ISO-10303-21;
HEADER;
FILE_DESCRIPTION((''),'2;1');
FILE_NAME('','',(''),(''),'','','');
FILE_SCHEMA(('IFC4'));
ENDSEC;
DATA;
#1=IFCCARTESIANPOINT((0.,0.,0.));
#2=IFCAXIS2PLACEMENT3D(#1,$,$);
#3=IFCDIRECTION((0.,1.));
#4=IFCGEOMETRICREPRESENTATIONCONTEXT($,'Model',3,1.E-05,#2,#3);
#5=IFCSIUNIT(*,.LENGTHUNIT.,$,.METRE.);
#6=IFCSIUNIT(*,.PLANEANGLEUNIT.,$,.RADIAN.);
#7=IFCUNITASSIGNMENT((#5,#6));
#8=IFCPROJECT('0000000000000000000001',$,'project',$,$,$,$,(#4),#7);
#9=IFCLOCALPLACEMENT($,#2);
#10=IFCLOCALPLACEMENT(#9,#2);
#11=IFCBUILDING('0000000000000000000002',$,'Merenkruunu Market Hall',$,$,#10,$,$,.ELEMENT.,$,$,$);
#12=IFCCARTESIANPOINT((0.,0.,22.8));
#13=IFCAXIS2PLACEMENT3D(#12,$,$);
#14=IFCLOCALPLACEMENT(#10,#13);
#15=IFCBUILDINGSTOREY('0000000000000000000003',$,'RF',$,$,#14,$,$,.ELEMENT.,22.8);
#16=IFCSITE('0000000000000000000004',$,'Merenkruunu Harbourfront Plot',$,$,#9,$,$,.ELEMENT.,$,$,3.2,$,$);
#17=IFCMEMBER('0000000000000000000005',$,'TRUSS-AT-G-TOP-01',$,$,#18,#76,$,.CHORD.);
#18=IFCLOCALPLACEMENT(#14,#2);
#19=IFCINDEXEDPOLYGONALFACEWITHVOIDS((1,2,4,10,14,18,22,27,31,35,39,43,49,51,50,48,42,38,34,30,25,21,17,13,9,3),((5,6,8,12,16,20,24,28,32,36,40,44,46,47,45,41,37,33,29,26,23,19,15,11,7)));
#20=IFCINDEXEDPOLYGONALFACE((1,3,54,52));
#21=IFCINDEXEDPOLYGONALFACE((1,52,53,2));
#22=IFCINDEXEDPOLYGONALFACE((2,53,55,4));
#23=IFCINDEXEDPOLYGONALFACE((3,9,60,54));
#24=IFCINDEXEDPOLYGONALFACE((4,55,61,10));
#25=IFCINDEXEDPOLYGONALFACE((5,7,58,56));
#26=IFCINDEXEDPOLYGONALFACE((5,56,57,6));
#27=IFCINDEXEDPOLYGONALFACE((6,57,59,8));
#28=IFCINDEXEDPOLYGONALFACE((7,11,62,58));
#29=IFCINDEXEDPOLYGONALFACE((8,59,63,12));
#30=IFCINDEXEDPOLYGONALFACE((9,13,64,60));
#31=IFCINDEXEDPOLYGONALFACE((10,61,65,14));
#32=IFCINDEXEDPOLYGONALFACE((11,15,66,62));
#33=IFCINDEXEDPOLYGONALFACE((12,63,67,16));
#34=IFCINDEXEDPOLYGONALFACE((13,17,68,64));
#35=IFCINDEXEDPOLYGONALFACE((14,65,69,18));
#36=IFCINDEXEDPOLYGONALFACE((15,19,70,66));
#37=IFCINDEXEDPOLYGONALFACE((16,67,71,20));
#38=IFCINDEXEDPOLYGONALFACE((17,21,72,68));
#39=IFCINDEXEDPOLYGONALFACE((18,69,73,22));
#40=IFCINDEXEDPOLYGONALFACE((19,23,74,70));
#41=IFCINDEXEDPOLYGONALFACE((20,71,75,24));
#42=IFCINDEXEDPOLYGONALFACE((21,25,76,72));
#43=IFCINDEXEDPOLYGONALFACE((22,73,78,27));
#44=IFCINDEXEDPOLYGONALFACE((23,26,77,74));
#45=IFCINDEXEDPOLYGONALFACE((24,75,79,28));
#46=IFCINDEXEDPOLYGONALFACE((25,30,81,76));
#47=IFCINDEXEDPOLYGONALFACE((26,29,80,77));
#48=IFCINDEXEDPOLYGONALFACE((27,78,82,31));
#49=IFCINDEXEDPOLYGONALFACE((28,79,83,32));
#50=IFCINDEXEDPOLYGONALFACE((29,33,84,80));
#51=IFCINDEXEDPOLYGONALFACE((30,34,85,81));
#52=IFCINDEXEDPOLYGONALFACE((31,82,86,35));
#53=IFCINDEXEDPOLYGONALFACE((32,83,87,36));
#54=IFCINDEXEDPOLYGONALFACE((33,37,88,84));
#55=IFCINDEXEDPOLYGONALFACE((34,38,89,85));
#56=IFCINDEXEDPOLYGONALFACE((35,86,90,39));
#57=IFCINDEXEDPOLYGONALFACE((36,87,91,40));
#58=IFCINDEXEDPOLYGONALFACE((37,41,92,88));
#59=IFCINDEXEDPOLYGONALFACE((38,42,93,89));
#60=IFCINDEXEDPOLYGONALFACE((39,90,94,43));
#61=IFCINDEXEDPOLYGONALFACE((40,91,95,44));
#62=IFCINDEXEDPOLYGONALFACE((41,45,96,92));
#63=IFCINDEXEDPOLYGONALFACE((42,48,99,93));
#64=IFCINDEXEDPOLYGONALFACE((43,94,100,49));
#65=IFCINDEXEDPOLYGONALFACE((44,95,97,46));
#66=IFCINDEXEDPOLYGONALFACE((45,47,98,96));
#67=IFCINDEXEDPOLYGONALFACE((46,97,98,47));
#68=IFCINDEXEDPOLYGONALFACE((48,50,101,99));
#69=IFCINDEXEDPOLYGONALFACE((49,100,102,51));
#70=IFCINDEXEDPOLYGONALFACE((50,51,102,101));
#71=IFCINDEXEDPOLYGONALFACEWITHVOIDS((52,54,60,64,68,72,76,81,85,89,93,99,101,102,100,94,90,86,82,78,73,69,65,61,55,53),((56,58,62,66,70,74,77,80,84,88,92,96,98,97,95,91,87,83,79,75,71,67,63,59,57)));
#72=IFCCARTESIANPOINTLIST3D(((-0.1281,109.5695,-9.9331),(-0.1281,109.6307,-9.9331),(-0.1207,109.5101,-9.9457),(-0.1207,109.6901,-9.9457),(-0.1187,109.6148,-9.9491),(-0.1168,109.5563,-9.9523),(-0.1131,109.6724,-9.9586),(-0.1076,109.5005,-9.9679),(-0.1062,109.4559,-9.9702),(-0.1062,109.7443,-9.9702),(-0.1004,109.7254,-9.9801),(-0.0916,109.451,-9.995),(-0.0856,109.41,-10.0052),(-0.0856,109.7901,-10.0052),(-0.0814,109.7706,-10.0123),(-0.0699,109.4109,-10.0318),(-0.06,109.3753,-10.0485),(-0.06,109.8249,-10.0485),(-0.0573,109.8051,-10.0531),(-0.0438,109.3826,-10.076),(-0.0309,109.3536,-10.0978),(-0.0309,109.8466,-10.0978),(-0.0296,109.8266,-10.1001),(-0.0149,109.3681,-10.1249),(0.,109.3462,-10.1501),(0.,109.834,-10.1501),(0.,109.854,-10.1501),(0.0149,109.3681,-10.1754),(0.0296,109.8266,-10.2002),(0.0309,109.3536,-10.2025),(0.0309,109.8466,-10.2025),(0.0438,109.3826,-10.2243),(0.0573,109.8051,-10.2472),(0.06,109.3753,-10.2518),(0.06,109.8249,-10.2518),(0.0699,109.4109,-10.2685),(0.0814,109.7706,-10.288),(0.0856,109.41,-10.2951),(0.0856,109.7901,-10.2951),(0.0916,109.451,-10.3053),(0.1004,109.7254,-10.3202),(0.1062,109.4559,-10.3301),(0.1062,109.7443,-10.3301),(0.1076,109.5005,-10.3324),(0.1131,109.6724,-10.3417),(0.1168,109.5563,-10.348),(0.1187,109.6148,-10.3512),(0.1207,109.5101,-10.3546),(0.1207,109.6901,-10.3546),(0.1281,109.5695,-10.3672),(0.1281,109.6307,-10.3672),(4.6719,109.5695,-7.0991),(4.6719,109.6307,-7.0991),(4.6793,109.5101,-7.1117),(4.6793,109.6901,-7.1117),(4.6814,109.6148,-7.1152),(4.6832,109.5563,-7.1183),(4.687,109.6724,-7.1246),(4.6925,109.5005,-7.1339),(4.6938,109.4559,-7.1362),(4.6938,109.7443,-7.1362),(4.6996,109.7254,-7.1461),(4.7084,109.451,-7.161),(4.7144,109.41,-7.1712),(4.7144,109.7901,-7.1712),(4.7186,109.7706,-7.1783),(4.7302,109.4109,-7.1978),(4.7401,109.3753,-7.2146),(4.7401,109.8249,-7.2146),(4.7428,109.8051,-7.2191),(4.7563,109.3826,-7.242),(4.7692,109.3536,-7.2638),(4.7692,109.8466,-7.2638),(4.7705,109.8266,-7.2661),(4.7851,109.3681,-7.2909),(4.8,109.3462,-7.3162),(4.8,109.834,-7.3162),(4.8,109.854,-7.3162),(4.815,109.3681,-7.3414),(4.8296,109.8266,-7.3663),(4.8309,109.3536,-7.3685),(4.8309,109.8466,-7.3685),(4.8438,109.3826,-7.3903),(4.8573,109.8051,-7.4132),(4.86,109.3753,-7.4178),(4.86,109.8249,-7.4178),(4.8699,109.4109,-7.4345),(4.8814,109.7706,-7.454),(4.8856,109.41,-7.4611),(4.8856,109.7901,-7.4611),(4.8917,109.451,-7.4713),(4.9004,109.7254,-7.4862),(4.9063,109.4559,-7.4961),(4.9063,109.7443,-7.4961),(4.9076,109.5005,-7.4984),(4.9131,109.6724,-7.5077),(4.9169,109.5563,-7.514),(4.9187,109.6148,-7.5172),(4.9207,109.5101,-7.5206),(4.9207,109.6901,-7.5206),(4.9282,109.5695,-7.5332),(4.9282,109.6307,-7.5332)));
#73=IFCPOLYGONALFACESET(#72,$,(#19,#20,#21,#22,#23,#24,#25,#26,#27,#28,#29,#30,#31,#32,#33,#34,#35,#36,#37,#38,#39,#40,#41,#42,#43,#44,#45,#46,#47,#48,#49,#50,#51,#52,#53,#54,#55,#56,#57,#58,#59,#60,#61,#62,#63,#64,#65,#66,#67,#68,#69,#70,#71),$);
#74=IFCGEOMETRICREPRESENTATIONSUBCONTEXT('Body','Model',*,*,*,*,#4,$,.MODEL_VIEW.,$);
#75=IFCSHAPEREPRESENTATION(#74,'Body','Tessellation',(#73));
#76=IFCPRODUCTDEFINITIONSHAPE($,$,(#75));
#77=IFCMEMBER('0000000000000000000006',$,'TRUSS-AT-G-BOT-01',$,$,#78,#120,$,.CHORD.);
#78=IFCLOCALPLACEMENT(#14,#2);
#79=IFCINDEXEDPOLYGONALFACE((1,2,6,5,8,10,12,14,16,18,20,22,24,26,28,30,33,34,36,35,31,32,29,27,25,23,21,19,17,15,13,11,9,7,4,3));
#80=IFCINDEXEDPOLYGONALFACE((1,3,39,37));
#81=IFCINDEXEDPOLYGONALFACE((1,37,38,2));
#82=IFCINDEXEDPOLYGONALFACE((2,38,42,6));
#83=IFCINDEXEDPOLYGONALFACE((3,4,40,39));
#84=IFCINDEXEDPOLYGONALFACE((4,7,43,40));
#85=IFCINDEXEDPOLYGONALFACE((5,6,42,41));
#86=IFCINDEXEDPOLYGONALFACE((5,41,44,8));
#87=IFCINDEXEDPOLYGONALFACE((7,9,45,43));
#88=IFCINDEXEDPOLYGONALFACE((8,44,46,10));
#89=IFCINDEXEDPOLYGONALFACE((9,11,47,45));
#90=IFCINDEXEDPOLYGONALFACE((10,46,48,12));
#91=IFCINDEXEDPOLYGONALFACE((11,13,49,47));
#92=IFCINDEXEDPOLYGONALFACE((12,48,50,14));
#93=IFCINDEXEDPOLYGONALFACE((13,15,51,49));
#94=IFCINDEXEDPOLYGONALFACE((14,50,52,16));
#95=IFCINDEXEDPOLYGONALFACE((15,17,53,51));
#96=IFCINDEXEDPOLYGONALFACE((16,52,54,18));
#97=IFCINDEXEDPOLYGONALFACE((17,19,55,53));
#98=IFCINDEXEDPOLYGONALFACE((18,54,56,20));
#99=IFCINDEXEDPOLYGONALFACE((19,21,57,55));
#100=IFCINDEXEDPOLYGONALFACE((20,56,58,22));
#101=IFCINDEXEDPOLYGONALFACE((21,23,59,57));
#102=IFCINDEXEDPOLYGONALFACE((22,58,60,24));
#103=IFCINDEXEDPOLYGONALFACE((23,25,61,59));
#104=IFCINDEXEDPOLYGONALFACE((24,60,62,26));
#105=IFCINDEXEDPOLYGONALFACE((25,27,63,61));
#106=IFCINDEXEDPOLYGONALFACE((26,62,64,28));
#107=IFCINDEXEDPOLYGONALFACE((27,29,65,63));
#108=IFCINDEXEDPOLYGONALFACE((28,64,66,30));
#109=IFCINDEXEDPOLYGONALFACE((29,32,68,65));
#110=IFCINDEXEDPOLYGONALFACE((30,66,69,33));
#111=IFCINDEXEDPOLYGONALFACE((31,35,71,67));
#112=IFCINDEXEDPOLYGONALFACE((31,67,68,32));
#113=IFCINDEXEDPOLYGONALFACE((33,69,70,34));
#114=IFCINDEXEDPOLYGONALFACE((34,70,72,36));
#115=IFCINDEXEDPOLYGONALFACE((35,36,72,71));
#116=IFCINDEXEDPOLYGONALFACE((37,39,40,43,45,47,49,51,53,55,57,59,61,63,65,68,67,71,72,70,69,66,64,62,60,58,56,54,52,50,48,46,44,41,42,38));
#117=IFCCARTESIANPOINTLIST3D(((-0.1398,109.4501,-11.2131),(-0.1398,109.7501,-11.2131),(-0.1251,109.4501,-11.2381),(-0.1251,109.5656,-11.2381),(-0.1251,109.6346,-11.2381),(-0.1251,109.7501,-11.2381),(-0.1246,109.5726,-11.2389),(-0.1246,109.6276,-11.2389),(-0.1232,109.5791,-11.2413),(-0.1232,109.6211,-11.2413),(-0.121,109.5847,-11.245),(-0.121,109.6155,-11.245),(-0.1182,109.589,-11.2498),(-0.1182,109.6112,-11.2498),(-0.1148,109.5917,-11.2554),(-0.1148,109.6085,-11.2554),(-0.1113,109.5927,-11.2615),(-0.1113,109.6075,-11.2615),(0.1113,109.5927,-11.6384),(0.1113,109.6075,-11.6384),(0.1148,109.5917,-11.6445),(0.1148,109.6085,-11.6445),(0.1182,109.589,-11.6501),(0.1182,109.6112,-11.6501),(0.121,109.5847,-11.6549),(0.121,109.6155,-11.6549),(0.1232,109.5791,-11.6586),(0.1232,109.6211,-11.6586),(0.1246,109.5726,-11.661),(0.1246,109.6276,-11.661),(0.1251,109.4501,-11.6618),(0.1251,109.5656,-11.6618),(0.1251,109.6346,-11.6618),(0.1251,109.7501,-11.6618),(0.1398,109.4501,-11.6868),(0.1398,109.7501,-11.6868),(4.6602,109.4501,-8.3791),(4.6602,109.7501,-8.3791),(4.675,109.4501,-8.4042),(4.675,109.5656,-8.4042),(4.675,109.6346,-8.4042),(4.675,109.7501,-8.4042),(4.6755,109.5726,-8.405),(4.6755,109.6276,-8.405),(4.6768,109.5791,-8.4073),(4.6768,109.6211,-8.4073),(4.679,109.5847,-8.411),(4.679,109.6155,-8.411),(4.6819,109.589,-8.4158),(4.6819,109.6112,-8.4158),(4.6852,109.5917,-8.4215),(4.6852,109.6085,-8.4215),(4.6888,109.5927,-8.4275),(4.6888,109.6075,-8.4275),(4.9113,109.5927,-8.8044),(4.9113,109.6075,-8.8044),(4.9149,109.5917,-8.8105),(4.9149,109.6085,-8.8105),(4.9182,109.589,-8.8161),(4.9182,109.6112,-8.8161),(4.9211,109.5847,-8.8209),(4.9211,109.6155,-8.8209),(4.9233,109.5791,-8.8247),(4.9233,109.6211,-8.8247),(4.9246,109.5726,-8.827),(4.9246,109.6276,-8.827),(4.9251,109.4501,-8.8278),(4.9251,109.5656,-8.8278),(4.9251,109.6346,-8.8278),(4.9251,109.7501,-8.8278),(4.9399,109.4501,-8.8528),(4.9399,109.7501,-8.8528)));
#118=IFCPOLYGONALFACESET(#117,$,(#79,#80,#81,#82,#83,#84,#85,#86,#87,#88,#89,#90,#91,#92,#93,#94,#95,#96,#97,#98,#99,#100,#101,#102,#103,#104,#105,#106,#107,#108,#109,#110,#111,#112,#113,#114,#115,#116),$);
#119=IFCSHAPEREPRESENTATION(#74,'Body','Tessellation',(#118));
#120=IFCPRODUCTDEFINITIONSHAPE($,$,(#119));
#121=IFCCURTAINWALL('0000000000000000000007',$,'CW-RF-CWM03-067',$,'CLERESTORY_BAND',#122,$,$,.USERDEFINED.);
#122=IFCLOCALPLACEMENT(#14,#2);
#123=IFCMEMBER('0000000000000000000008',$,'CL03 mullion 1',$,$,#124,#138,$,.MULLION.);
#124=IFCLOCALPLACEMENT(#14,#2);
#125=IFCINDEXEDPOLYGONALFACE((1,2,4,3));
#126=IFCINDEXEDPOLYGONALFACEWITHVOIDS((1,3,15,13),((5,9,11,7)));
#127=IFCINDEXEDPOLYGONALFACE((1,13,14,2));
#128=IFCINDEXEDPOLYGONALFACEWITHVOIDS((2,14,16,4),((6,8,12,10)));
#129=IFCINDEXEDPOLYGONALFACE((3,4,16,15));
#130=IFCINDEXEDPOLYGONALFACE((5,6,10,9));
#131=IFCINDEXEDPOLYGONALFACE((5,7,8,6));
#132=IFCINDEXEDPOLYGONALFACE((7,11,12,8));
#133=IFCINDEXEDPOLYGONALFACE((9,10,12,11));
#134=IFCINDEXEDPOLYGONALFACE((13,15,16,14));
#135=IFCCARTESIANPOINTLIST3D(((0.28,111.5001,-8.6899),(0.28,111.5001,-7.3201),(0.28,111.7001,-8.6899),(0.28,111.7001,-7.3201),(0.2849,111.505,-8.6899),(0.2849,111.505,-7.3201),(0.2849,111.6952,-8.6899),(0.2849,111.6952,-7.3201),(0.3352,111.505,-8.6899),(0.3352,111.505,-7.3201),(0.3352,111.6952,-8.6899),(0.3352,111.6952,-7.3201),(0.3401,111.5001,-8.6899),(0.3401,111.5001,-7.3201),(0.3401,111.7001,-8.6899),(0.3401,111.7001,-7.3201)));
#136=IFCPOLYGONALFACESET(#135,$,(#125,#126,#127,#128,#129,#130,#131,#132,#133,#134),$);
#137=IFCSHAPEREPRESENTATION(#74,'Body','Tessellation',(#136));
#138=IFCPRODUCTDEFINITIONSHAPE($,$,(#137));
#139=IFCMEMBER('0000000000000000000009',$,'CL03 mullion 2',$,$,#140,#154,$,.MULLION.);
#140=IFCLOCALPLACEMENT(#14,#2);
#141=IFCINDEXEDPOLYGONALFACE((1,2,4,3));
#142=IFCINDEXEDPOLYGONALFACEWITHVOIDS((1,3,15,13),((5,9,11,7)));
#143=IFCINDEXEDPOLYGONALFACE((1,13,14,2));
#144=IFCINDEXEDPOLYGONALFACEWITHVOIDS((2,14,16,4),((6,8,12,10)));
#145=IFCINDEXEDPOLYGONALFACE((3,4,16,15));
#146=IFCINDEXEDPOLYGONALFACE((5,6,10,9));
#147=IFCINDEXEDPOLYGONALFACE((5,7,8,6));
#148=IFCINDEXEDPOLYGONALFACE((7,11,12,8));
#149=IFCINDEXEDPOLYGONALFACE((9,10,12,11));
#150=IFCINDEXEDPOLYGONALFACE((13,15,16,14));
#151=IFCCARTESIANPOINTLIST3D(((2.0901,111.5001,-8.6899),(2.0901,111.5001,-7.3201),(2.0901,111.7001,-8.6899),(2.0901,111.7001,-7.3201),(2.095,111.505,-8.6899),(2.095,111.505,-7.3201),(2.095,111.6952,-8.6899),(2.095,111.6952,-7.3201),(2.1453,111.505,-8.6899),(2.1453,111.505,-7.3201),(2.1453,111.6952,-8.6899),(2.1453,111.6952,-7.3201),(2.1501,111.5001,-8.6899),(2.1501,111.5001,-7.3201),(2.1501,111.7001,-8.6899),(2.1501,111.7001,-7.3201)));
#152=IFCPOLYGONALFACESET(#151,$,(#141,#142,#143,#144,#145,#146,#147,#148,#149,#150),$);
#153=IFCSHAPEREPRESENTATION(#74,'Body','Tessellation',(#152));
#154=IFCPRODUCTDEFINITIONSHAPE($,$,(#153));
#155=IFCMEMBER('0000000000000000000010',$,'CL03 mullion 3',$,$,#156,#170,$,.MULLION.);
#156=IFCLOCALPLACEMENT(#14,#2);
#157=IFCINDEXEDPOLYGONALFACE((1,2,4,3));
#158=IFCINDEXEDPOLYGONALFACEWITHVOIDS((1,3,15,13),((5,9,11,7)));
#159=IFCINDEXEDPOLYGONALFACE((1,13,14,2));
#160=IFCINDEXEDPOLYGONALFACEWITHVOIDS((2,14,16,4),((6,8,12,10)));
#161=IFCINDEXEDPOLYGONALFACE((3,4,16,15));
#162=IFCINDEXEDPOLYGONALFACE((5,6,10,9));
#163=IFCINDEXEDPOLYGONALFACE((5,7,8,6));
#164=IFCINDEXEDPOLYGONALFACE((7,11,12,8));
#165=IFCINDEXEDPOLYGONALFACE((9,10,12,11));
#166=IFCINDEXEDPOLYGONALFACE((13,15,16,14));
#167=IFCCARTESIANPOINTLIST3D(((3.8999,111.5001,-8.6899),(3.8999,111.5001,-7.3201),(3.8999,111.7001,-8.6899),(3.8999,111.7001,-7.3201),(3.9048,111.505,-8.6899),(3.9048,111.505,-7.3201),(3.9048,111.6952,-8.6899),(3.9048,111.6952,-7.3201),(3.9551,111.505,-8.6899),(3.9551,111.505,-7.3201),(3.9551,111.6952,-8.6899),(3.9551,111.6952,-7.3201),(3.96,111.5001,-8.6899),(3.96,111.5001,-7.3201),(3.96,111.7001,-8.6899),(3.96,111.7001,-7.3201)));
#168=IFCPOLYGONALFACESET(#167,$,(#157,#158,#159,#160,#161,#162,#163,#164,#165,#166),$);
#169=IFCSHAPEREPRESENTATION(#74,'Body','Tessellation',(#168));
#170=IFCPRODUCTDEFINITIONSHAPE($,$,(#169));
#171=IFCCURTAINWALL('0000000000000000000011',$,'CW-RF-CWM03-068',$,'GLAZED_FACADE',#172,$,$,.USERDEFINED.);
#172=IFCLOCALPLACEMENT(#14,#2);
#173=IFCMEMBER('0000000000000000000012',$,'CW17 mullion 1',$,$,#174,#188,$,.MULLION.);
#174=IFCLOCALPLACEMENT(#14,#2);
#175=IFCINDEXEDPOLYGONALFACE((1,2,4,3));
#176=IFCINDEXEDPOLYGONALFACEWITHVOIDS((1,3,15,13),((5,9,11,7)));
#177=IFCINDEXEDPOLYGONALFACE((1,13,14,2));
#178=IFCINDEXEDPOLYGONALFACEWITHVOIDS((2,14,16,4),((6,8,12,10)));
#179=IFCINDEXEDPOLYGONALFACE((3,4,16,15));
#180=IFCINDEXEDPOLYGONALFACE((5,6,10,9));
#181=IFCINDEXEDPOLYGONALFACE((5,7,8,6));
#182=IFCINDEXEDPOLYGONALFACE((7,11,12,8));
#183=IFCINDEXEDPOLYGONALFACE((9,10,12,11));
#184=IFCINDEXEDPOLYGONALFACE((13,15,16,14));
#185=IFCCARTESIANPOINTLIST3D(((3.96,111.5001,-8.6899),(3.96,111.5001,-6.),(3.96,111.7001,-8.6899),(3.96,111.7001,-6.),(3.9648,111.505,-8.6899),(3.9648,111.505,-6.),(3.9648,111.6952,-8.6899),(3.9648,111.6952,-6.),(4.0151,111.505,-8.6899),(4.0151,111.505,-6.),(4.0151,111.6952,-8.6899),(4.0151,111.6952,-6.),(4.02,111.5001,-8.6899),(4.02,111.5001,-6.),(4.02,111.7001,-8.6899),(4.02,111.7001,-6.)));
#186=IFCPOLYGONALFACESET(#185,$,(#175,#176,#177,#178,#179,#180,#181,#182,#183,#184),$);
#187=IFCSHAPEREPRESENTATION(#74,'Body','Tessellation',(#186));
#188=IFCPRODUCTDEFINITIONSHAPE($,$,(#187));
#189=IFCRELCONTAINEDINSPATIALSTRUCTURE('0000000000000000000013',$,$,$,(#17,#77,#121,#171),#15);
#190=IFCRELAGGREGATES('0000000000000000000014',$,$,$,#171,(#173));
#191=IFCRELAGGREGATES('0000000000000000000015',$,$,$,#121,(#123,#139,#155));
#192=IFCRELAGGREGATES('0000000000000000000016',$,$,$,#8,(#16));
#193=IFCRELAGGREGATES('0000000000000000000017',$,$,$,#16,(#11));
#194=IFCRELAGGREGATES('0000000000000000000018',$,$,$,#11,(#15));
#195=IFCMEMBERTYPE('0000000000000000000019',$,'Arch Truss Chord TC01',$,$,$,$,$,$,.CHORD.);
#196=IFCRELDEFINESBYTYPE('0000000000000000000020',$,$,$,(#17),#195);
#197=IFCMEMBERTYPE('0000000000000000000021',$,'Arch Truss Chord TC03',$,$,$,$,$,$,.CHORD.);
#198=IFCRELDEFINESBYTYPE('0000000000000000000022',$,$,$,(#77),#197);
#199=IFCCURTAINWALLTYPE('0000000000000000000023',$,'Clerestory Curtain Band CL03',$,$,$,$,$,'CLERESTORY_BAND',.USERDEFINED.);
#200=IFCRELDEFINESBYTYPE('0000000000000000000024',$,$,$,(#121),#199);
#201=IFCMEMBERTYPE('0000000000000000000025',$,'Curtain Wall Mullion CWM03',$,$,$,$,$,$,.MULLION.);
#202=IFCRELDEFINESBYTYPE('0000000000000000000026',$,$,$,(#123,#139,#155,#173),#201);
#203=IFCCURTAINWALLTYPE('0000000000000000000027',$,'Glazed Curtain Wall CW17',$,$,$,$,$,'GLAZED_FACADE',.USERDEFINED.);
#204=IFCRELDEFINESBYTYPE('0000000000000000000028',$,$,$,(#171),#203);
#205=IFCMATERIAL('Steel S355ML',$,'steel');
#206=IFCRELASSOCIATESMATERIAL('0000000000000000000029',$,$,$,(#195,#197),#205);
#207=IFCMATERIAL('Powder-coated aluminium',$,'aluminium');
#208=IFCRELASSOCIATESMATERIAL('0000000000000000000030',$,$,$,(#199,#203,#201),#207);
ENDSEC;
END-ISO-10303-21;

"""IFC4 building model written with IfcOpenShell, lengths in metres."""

from ifc_helpers import new_model, si_unit, direction, frame, origin, origin_2d, place, context, subcontext, project, spatial, hollow_rectangle, hollow_circle, i_section, extrude, material, material_profile, profile_set, type_object, element, aggregate, save


model = new_model("IFC4")

# Units and contexts
model_context = context("Model", 3, precision=1e-05, world=origin(), true_north=direction((0.0, 1.0)))
body_context = subcontext(model_context, "Body", "Model", "MODEL_VIEW")
ifc_project = project(units=[si_unit("LENGTHUNIT", "METRE"), si_unit("PLANEANGLEUNIT", "RADIAN")], contexts=[model_context])

# Site, building, storey
site_placement = place(None, origin())
site = spatial("IfcSite", under=ifc_project, at=site_placement, Name="Merenkruunu Harbourfront Plot", CompositionType="ELEMENT", RefElevation=3.2)
building_placement = place(site_placement, origin())
building = spatial("IfcBuilding", under=site, at=building_placement, Name="Merenkruunu Market Hall", CompositionType="ELEMENT")
storey_placement = place(building_placement, frame((0.0, 0.0, 22.8)))
storey = spatial("IfcBuildingStorey", under=building, at=storey_placement, Name="RF", CompositionType="ELEMENT", Elevation=22.8)

# Members
ifc_material_1 = material(Name="Steel S355ML", Category="steel")
ifc_material_profile_1 = material_profile(ifc_material_1, hollow_circle(Radius=0.2539, WallThickness=0.02, at=origin_2d()), Name="CHS 508x20")
ifc_profile_set_1 = profile_set([ifc_material_profile_1], Name="Steel S355ML")
member_type_1 = type_object("IfcMemberType", Name="Arch Truss Chord TC01", PredefinedType="CHORD", material=ifc_profile_set_1)
member_1_placement = place(storey_placement, frame((0.0, 109.6001, -10.1501), z_axis=(0.861116, 0.0, 0.508409), x_axis=(0.0, 1.0, 0.0)))
element("IfcMember", 1, at=member_1_placement, inside=storey, type_object=member_type_1, Name="TRUSS-AT-G-TOP-01", PredefinedType="CHORD", context=body_context, shape_type="SweptSolid", body=[
    extrude(hollow_circle(Radius=0.2539, WallThickness=0.02, at=origin_2d()), origin(), (0.0, 0.0, 1.0), 5.5742),
])
ifc_material_profile_2 = material_profile(ifc_material_1, i_section(OverallWidth=0.3, OverallDepth=0.55, WebThickness=0.0149, FlangeThickness=0.0291, FilletRadius=0.0271, at=origin_2d()), Name="HEB 550")
ifc_profile_set_2 = profile_set([ifc_material_profile_2], Name="Steel S355ML")
member_type_2 = type_object("IfcMemberType", Name="Arch Truss Chord TC03", PredefinedType="CHORD", material=ifc_profile_set_2)
member_2_placement = place(storey_placement, frame((0.0, 109.6001, -11.45), z_axis=(0.861116, 0.0, 0.508409), x_axis=(0.0, 1.0, 0.0)))
element("IfcMember", 2, at=member_2_placement, inside=storey, type_object=member_type_2, Name="TRUSS-AT-G-BOT-01", PredefinedType="CHORD", context=body_context, shape_type="SweptSolid", body=[
    extrude(i_section(OverallWidth=0.3, OverallDepth=0.55, WebThickness=0.0149, FlangeThickness=0.0291, FilletRadius=0.0271, at=origin_2d()), origin(), (0.0, 0.0, 1.0), 5.5742),
])

# Curtain wall, members
ifc_material_2 = material(Name="Powder-coated aluminium", Category="aluminium")
curtain_wall_type_1 = type_object("IfcCurtainWallType", Name="Clerestory Curtain Band CL03", ElementType="CLERESTORY_BAND", PredefinedType="USERDEFINED", material=ifc_material_2)
curtain_wall_1_placement = place(storey_placement, origin())
curtain_wall_1 = element("IfcCurtainWall", 3, at=curtain_wall_1_placement, inside=storey, type_object=curtain_wall_type_1, Name="CW-RF-CWM03-067", ObjectType="CLERESTORY_BAND", PredefinedType="USERDEFINED")
ifc_material_profile_3 = material_profile(ifc_material_2, hollow_rectangle(XDim=0.0601, YDim=0.2, WallThickness=0.0049, at=origin_2d()), Name="ALU 60x200x5")
ifc_profile_set_3 = profile_set([ifc_material_profile_3], Name="Powder-coated aluminium")
member_type_3 = type_object("IfcMemberType", Name="Curtain Wall Mullion CWM03", PredefinedType="MULLION", material=ifc_profile_set_3)
member_3_placement = place(storey_placement, frame((0.3101, 111.6001, -8.6899), z_axis=(0.0, 0.0, 1.0), x_axis=(1.0, 0.0, 0.0)))
member_3 = element("IfcMember", 4, at=member_3_placement, type_object=member_type_3, Name="CL03 mullion 1", PredefinedType="MULLION", context=body_context, shape_type="SweptSolid", body=[
    extrude(hollow_rectangle(XDim=0.0601, YDim=0.2, WallThickness=0.0049, at=origin_2d()), origin(), (0.0, 0.0, 1.0), 1.3699),
])
member_4_placement = place(storey_placement, frame((2.1201, 111.6001, -8.6899), z_axis=(0.0, 0.0, 1.0), x_axis=(1.0, 0.0, 0.0)))
member_4 = element("IfcMember", 5, at=member_4_placement, type_object=member_type_3, Name="CL03 mullion 2", PredefinedType="MULLION", context=body_context, shape_type="SweptSolid", body=[
    extrude(hollow_rectangle(XDim=0.0601, YDim=0.2, WallThickness=0.0049, at=origin_2d()), origin(), (0.0, 0.0, 1.0), 1.3699),
])
member_5_placement = place(storey_placement, frame((3.9299, 111.6001, -8.6899), z_axis=(0.0, 0.0, 1.0), x_axis=(1.0, 0.0, 0.0)))
member_5 = element("IfcMember", 6, at=member_5_placement, type_object=member_type_3, Name="CL03 mullion 3", PredefinedType="MULLION", context=body_context, shape_type="SweptSolid", body=[
    extrude(hollow_rectangle(XDim=0.0601, YDim=0.2, WallThickness=0.0049, at=origin_2d()), origin(), (0.0, 0.0, 1.0), 1.3699),
])

# Curtain wall, member
curtain_wall_type_2 = type_object("IfcCurtainWallType", Name="Glazed Curtain Wall CW17", ElementType="GLAZED_FACADE", PredefinedType="USERDEFINED", material=ifc_material_2)
curtain_wall_2_placement = place(storey_placement, origin())
curtain_wall_2 = element("IfcCurtainWall", 7, at=curtain_wall_2_placement, inside=storey, type_object=curtain_wall_type_2, Name="CW-RF-CWM03-068", ObjectType="GLAZED_FACADE", PredefinedType="USERDEFINED")
member_6_placement = place(storey_placement, frame((3.99, 111.6001, -8.6899), z_axis=(0.0, 0.0, 1.0), x_axis=(1.0, 0.0, 0.0)))
member_6 = element("IfcMember", 8, at=member_6_placement, type_object=member_type_3, Name="CW17 mullion 1", PredefinedType="MULLION", context=body_context, shape_type="SweptSolid", body=[
    extrude(hollow_rectangle(XDim=0.0601, YDim=0.2, WallThickness=0.0049, at=origin_2d()), origin(), (0.0, 0.0, 1.0), 2.6899),
])

aggregate(curtain_wall_2, [member_6])

aggregate(curtain_wall_1, [member_3, member_4, member_5])

save(model, "model.ifc")
